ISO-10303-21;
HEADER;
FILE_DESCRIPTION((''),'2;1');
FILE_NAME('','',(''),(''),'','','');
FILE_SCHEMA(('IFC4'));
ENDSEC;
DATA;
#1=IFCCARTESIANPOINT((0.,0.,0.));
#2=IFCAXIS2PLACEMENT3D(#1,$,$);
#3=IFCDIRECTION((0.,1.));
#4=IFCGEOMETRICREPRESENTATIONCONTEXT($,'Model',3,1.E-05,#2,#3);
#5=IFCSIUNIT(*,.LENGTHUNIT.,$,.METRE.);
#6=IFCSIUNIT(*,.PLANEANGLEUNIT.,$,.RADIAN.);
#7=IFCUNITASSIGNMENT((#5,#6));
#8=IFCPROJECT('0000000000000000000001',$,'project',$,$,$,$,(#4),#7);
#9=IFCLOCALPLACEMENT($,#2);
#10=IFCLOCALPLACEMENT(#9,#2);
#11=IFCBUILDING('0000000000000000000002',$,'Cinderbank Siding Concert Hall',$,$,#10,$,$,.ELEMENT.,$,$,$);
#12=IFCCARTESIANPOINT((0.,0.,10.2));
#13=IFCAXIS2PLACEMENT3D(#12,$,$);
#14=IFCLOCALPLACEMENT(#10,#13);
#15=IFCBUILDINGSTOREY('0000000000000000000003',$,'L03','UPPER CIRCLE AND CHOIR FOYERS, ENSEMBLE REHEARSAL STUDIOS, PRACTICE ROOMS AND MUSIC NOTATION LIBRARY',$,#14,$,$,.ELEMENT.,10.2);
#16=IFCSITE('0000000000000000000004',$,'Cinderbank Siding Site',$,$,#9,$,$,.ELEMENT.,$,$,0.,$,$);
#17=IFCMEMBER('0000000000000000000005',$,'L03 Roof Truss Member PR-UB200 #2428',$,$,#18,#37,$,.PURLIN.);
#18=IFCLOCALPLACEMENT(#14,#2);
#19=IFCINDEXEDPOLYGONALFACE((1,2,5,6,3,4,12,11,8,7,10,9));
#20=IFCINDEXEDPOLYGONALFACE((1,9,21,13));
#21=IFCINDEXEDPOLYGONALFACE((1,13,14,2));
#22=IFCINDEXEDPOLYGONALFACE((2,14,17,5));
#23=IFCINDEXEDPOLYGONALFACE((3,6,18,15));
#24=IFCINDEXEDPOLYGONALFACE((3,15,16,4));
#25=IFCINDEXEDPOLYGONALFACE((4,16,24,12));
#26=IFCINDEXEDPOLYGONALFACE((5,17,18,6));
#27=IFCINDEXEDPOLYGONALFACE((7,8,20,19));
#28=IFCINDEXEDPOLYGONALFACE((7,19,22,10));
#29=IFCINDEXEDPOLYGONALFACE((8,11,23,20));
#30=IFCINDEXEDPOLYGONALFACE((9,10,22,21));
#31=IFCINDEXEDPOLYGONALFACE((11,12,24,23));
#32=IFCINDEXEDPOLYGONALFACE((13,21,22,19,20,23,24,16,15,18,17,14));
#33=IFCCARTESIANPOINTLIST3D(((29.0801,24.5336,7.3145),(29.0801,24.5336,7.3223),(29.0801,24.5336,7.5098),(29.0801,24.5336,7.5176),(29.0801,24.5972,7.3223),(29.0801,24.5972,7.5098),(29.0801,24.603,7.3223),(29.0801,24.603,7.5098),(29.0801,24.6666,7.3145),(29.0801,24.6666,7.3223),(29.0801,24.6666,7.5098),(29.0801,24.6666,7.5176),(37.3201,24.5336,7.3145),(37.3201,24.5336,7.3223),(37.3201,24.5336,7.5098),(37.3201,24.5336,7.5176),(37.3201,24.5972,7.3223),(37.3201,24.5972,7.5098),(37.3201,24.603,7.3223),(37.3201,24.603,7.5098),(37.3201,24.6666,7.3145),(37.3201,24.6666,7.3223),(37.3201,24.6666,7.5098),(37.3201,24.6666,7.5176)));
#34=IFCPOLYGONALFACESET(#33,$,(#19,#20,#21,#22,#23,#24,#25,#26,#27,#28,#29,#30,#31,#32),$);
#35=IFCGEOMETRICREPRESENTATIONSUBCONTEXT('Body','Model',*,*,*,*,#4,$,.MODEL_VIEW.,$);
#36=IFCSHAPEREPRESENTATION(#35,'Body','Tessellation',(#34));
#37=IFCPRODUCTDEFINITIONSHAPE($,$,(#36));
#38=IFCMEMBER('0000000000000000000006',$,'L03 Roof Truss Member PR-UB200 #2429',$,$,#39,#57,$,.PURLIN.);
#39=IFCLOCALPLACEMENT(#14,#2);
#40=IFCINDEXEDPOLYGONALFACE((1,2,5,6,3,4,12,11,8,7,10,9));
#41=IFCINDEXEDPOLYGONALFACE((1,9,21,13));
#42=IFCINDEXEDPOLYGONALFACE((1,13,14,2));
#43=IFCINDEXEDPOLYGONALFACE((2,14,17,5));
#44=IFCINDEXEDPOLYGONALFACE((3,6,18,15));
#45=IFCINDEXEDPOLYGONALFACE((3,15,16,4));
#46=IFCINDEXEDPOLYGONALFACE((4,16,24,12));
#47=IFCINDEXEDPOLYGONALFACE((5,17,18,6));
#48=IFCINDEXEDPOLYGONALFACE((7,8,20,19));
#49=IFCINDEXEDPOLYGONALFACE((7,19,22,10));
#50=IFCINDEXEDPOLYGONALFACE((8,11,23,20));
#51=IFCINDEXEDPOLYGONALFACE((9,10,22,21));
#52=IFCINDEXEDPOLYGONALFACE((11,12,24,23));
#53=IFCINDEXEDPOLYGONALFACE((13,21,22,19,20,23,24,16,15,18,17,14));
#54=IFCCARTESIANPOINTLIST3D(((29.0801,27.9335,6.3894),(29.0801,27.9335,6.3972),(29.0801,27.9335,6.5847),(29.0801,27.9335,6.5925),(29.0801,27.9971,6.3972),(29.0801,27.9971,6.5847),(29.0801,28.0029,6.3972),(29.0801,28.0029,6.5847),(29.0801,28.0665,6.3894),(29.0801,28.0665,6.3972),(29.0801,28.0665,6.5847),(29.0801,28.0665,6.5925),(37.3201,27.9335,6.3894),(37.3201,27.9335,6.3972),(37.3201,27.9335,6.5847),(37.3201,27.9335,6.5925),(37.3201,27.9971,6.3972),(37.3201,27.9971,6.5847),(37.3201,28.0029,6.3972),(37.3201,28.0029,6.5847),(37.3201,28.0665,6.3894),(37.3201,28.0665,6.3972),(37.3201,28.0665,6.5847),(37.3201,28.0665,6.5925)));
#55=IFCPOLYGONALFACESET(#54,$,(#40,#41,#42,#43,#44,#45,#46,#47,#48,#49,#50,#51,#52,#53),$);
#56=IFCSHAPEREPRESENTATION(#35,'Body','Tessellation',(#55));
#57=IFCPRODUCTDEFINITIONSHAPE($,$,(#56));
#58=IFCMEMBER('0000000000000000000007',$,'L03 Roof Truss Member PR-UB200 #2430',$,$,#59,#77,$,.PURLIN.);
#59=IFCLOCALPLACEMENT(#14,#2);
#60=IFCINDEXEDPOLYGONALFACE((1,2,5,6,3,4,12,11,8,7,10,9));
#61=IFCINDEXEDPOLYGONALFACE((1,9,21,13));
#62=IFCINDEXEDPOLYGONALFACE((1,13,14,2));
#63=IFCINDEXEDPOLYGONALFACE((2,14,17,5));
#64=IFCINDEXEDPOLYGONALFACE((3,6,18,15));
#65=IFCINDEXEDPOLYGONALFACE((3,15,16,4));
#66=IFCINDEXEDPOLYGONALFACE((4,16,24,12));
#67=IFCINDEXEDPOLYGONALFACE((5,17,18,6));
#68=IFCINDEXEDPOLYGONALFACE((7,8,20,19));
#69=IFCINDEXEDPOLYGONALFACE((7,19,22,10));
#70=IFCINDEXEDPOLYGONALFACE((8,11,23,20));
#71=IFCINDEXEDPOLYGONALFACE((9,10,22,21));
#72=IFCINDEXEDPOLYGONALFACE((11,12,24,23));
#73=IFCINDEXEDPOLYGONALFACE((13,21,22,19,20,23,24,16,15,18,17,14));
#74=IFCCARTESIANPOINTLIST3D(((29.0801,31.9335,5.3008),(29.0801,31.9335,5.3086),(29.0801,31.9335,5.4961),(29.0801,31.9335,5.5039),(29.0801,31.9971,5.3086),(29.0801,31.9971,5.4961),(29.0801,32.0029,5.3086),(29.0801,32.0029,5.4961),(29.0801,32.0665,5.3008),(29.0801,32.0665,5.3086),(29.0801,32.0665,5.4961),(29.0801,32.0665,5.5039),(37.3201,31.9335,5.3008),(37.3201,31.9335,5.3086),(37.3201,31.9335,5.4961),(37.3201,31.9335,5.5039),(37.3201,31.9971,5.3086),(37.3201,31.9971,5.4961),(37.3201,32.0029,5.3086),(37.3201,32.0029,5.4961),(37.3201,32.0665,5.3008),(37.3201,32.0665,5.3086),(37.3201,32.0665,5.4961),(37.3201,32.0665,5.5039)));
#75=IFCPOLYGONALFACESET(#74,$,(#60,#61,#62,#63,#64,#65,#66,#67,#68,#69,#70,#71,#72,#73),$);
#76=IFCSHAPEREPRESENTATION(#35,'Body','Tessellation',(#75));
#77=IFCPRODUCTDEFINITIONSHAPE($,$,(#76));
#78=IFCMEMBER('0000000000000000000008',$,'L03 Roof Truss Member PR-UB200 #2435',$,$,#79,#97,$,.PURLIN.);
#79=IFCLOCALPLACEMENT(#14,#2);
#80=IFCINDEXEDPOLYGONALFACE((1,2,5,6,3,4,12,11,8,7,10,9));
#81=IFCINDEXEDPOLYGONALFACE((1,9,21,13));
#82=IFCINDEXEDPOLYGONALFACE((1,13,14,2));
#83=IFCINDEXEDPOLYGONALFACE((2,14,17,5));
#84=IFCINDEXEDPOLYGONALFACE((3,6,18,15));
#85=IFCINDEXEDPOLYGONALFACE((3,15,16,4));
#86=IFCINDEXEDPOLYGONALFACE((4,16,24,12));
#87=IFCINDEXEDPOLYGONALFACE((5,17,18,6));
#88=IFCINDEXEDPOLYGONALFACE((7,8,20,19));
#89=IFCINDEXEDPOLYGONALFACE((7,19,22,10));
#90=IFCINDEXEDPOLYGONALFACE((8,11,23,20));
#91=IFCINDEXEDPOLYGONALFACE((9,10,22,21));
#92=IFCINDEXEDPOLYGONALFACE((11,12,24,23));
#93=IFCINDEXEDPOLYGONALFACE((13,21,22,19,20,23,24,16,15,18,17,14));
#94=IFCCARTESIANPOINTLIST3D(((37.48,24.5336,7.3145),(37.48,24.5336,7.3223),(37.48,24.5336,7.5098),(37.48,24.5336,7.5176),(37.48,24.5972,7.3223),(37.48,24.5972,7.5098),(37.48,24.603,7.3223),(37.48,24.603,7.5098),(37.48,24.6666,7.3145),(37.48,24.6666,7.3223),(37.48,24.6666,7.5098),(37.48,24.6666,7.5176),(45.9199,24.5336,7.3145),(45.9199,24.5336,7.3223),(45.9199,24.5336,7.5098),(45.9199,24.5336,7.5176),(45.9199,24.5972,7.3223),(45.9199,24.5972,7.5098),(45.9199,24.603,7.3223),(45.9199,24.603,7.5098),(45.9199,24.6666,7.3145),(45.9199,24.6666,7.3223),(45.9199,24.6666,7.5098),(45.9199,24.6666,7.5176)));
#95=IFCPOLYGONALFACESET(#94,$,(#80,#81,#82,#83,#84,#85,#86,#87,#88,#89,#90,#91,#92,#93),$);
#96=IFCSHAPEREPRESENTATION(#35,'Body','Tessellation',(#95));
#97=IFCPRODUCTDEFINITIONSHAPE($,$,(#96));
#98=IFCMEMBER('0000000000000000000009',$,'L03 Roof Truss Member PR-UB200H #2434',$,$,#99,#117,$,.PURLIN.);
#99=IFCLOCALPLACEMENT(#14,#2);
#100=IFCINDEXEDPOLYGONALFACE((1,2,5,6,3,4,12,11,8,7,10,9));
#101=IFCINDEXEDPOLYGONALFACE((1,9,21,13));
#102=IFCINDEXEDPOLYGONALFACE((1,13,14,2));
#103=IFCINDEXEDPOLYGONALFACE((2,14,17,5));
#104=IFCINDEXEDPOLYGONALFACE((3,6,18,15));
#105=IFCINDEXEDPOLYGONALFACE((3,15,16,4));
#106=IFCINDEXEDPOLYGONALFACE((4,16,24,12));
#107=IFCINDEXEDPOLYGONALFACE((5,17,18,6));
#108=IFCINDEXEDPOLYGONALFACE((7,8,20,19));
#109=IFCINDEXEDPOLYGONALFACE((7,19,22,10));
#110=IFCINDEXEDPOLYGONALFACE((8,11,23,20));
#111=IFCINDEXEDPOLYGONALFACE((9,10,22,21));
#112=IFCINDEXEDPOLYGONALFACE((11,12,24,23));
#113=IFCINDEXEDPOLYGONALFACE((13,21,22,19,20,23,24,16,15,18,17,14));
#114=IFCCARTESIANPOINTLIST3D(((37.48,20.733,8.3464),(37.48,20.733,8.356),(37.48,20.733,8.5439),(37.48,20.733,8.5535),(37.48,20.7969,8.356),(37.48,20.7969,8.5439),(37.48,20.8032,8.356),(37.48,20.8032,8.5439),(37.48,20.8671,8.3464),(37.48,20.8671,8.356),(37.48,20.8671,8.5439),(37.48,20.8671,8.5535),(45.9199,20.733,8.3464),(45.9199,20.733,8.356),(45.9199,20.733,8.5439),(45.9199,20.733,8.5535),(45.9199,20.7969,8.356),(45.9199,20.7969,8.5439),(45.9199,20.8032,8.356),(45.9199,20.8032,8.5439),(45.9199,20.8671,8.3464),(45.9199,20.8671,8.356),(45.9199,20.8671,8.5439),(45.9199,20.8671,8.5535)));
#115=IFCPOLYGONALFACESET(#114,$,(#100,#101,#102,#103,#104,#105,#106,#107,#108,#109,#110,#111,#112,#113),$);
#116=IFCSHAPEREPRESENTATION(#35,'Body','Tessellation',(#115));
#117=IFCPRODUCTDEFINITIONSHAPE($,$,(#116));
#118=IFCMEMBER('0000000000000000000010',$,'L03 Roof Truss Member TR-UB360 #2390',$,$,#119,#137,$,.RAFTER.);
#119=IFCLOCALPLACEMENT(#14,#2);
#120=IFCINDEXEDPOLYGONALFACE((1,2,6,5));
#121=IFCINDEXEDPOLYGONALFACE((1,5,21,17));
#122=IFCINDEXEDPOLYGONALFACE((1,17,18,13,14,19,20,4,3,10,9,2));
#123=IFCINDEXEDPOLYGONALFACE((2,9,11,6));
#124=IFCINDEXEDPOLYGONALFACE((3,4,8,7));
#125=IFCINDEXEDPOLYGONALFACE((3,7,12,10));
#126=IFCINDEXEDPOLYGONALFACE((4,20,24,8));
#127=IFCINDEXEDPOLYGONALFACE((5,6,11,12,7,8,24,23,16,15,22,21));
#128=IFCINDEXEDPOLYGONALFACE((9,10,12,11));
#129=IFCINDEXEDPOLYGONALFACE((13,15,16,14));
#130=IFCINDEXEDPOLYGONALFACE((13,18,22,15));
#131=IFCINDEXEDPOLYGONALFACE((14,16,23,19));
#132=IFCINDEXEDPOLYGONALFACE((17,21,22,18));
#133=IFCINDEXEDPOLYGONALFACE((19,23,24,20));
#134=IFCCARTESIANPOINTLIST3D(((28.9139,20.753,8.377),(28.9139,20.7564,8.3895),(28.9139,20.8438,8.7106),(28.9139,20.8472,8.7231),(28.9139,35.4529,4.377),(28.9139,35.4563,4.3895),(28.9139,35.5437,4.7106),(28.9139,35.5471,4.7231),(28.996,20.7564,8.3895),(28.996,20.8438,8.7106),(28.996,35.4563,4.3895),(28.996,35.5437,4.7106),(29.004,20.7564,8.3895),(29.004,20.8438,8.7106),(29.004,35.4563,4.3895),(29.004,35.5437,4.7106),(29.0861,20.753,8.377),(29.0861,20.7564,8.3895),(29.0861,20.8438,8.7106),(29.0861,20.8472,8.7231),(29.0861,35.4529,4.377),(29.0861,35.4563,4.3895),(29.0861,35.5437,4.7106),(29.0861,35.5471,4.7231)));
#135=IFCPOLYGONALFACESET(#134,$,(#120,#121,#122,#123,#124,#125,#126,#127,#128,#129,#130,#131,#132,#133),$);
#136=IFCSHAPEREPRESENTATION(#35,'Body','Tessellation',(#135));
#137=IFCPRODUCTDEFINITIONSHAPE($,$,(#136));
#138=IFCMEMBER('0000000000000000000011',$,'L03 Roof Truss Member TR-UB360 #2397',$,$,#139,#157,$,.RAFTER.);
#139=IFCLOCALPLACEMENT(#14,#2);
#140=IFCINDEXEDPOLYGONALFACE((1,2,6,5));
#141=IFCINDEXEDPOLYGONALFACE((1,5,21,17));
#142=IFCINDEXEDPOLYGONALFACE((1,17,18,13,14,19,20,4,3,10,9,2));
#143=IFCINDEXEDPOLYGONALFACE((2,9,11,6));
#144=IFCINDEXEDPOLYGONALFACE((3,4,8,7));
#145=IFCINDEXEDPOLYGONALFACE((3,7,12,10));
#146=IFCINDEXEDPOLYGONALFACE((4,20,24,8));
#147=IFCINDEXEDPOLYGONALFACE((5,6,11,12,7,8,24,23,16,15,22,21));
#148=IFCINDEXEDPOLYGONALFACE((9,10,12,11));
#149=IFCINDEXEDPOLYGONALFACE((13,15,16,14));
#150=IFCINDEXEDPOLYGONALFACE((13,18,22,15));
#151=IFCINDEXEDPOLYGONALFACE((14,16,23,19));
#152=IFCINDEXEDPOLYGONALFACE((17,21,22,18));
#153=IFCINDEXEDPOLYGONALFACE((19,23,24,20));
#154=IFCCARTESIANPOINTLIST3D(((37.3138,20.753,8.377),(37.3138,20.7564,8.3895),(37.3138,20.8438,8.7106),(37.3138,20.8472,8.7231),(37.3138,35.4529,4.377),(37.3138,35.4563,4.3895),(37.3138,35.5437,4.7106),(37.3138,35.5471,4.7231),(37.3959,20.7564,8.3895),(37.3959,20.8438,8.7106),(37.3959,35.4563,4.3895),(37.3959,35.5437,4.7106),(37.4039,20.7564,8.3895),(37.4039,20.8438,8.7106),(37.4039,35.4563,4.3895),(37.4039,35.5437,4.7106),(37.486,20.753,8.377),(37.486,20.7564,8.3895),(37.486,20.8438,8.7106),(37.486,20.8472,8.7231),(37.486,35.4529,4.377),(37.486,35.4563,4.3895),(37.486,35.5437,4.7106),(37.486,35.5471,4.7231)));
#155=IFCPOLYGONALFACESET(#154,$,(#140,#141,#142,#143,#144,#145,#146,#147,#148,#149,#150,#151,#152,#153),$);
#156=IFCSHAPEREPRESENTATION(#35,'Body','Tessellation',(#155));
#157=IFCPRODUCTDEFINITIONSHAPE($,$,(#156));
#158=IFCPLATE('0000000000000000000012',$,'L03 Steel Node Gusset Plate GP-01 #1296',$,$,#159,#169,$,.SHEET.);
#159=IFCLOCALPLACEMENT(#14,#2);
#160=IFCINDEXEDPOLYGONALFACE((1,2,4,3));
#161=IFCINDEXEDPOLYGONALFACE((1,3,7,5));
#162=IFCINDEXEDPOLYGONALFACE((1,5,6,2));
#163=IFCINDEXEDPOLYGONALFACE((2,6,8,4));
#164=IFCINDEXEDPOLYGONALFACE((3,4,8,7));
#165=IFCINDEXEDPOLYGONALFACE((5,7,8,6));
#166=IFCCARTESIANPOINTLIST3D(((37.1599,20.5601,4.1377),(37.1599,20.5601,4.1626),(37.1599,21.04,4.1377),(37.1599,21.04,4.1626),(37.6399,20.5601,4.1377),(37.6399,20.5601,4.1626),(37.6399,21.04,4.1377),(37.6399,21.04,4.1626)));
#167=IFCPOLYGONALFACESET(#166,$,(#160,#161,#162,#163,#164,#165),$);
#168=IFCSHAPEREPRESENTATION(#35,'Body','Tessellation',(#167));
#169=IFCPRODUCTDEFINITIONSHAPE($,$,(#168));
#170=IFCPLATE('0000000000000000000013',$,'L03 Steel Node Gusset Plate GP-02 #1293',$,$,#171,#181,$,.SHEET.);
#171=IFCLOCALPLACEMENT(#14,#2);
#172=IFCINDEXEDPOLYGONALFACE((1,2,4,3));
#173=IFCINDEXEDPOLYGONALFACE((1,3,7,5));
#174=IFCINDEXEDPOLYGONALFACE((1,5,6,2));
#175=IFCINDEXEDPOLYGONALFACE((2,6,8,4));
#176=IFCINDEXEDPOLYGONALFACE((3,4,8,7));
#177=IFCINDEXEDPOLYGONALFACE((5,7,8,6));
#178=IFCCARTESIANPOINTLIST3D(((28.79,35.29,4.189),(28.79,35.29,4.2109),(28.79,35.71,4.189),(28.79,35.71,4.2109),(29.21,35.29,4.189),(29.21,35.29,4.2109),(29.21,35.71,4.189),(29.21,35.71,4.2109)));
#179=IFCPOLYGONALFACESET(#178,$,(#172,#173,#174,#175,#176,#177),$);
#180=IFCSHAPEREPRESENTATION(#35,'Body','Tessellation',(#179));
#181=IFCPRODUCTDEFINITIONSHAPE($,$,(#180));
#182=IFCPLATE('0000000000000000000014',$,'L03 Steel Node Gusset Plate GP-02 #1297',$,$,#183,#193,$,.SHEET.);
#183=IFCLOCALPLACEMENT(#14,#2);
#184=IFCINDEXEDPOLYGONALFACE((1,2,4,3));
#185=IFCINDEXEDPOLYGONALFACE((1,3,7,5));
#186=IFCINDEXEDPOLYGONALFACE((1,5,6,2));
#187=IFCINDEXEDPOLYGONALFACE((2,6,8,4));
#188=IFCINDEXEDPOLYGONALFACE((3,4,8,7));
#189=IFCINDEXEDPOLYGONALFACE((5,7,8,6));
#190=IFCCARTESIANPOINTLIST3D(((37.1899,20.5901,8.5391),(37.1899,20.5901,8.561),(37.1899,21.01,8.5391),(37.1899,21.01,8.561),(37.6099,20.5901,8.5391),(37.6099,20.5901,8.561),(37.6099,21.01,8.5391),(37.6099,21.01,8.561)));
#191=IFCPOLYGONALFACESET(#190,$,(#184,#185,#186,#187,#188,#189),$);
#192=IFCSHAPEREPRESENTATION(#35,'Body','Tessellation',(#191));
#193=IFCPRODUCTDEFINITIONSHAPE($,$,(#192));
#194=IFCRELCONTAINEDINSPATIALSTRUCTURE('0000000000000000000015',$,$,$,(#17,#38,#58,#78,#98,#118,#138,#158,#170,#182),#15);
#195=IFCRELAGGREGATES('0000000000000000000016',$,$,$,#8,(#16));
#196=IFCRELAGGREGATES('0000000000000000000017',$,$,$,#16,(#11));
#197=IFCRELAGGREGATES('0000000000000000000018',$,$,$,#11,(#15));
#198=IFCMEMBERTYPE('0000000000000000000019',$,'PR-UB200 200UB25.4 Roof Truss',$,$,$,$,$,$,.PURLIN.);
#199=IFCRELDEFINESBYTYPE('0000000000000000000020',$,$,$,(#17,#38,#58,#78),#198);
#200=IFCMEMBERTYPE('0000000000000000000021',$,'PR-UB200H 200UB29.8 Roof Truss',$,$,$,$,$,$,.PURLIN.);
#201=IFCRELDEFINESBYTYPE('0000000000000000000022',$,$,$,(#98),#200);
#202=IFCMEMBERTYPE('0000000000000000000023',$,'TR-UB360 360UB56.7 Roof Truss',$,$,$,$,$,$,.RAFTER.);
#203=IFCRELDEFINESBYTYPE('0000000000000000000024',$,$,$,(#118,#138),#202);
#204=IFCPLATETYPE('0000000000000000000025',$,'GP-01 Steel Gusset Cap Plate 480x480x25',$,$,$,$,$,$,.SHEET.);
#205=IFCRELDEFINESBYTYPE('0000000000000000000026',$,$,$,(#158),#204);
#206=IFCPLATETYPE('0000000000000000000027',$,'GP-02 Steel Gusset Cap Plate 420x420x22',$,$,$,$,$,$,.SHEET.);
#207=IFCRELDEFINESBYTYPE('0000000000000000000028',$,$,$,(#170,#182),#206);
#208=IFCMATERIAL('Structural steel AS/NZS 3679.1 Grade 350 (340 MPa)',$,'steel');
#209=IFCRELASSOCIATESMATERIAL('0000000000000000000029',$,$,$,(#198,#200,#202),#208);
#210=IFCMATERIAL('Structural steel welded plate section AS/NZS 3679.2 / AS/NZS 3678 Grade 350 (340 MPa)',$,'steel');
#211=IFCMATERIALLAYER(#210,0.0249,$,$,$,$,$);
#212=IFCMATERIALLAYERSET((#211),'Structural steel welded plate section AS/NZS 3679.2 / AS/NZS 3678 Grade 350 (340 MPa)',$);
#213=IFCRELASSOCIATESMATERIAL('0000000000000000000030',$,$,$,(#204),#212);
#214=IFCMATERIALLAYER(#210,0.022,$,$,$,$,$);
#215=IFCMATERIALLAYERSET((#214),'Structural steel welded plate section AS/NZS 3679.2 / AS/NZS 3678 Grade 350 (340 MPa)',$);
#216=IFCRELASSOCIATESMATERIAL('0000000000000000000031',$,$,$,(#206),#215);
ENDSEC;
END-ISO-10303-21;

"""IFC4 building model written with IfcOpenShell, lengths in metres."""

from ifc_helpers import new_model, si_unit, direction, frame, origin, origin_2d, place, context, subcontext, project, spatial, rectangle, i_section, extrude, material, layer, layer_set, material_profile, profile_set, type_object, element, save


model = new_model("IFC4")

# Units and contexts
model_context = context("Model", 3, precision=1e-05, world=origin(), true_north=direction((0.0, 1.0)))
body_context = subcontext(model_context, "Body", "Model", "MODEL_VIEW")
ifc_project = project(units=[si_unit("LENGTHUNIT", "METRE"), si_unit("PLANEANGLEUNIT", "RADIAN")], contexts=[model_context])

# Site, building, storey
site_placement = place(None, origin())
site = spatial("IfcSite", under=ifc_project, at=site_placement, Name="Cinderbank Siding Site", CompositionType="ELEMENT", RefElevation=0.0)
building_placement = place(site_placement, origin())
building = spatial("IfcBuilding", under=site, at=building_placement, Name="Cinderbank Siding Concert Hall", CompositionType="ELEMENT")
storey_placement = place(building_placement, frame((0.0, 0.0, 10.2)))
storey = spatial("IfcBuildingStorey", under=building, at=storey_placement, Name="L03", Description="UPPER CIRCLE AND CHOIR FOYERS, ENSEMBLE REHEARSAL STUDIOS, PRACTICE ROOMS AND MUSIC NOTATION LIBRARY", CompositionType="ELEMENT", Elevation=10.2)

# Shared definitions
ifc_material_1 = material(Name="Structural steel AS/NZS 3679.1 Grade 350 (340 MPa)", Category="steel")

# Shared definitions
ifc_material_2 = material(Name="Structural steel welded plate section AS/NZS 3679.2 / AS/NZS 3678 Grade 350 (340 MPa)", Category="steel")

# Members
ifc_material_profile_1 = material_profile(ifc_material_1, i_section(OverallWidth=0.1331, OverallDepth=0.2031, WebThickness=0.0059, FlangeThickness=0.0078, at=origin_2d()), Name="200UB25.4", Category="LoadBearing")
ifc_profile_set_1 = profile_set([ifc_material_profile_1], Name="Structural steel AS/NZS 3679.1 Grade 350 (340 MPa)")
member_type_1 = type_object("IfcMemberType", Name="PR-UB200 200UB25.4 Roof Truss", PredefinedType="PURLIN", material=ifc_profile_set_1)
for number, where, z_axis, x_axis, name in (
    (1, (29.0801, 24.6001, 7.416), (1.0, 0.0, 0.0), (0.0, 1.0, 0.0), "L03 Roof Truss Member PR-UB200 #2428"),
    (2, (29.0801, 28.0, 6.491), (1.0, 0.0, 0.0), (0.0, 1.0, 0.0), "L03 Roof Truss Member PR-UB200 #2429"),
    (3, (29.0801, 32.0, 5.4023), (1.0, 0.0, 0.0), (0.0, 1.0, 0.0), "L03 Roof Truss Member PR-UB200 #2430"),
):
    element("IfcMember", number, at=place(storey_placement, frame(where, z_axis=z_axis, x_axis=x_axis)), inside=storey, type_object=member_type_1, Name=name, PredefinedType="PURLIN", context=body_context, shape_type="SweptSolid", body=[
        extrude(i_section(OverallWidth=0.1331, OverallDepth=0.2031, WebThickness=0.0059, FlangeThickness=0.0078, at=origin_2d()), origin(), (0.0, 0.0, 1.0), 8.24),
    ])
member_1_placement = place(storey_placement, frame((37.48, 24.6001, 7.416), z_axis=(1.0, 0.0, 0.0), x_axis=(0.0, 1.0, 0.0)))
element("IfcMember", 4, at=member_1_placement, inside=storey, type_object=member_type_1, Name="L03 Roof Truss Member PR-UB200 #2435", PredefinedType="PURLIN", context=body_context, shape_type="SweptSolid", body=[
    extrude(i_section(OverallWidth=0.1331, OverallDepth=0.2031, WebThickness=0.0059, FlangeThickness=0.0078, at=origin_2d()), origin(), (0.0, 0.0, 1.0), 8.4399),
])
ifc_material_profile_2 = material_profile(ifc_material_1, i_section(OverallWidth=0.134, OverallDepth=0.207, WebThickness=0.0063, FlangeThickness=0.0095, at=origin_2d()), Name="200UB29.8", Category="LoadBearing")
ifc_profile_set_2 = profile_set([ifc_material_profile_2], Name="Structural steel AS/NZS 3679.1 Grade 350 (340 MPa)")
member_type_2 = type_object("IfcMemberType", Name="PR-UB200H 200UB29.8 Roof Truss", PredefinedType="PURLIN", material=ifc_profile_set_2)
member_2_placement = place(storey_placement, frame((37.48, 20.8, 8.45), z_axis=(1.0, 0.0, 0.0), x_axis=(0.0, 1.0, 0.0)))
element("IfcMember", 5, at=member_2_placement, inside=storey, type_object=member_type_2, Name="L03 Roof Truss Member PR-UB200H #2434", PredefinedType="PURLIN", context=body_context, shape_type="SweptSolid", body=[
    extrude(i_section(OverallWidth=0.134, OverallDepth=0.207, WebThickness=0.0063, FlangeThickness=0.0095, at=origin_2d()), origin(), (0.0, 0.0, 1.0), 8.4399),
])
ifc_material_profile_3 = material_profile(ifc_material_1, i_section(OverallWidth=0.1721, OverallDepth=0.3586, WebThickness=0.0081, FlangeThickness=0.0129, at=origin_2d()), Name="360UB56.7", Category="LoadBearing")
ifc_profile_set_3 = profile_set([ifc_material_profile_3], Name="Structural steel AS/NZS 3679.1 Grade 350 (340 MPa)")
member_type_3 = type_object("IfcMemberType", Name="TR-UB360 360UB56.7 Roof Truss", PredefinedType="RAFTER", material=ifc_profile_set_3)
for number, where, z_axis, x_axis, name in (
    (6, (29.0, 35.5, 4.55), (0.0, -0.964915, 0.262563), (1.0, 0.0, 0.0), "L03 Roof Truss Member TR-UB360 #2390"),
    (7, (37.3999, 35.5, 4.55), (0.0, -0.964915, 0.262563), (1.0, 0.0, 0.0), "L03 Roof Truss Member TR-UB360 #2397"),
):
    element("IfcMember", number, at=place(storey_placement, frame(where, z_axis=z_axis, x_axis=x_axis)), inside=storey, type_object=member_type_3, Name=name, PredefinedType="RAFTER", context=body_context, shape_type="SweptSolid", body=[
        extrude(i_section(OverallWidth=0.1721, OverallDepth=0.3586, WebThickness=0.0081, FlangeThickness=0.0129, at=origin_2d()), origin(), (0.0, 0.0, 1.0), 15.2344),
    ])

# Plates
ifc_layer_1 = layer(ifc_material_2, 0.0249)
ifc_layer_set_1 = layer_set([ifc_layer_1], Name="Structural steel welded plate section AS/NZS 3679.2 / AS/NZS 3678 Grade 350 (340 MPa)")
plate_type_1 = type_object("IfcPlateType", Name="GP-01 Steel Gusset Cap Plate 480x480x25", PredefinedType="SHEET", material=ifc_layer_set_1)
plate_placement = place(storey_placement, frame((37.3999, 20.8, 4.1377), z_axis=(0.0, 0.0, 1.0), x_axis=(1.0, 0.0, 0.0)))
element("IfcPlate", 8, at=plate_placement, inside=storey, type_object=plate_type_1, Name="L03 Steel Node Gusset Plate GP-01 #1296", PredefinedType="SHEET", context=body_context, shape_type="SweptSolid", body=[
    extrude(rectangle(XDim=0.48, YDim=0.48, at=origin_2d()), origin(), (0.0, 0.0, 1.0), 0.0249),
])
ifc_layer_2 = layer(ifc_material_2, 0.022)
ifc_layer_set_2 = layer_set([ifc_layer_2], Name="Structural steel welded plate section AS/NZS 3679.2 / AS/NZS 3678 Grade 350 (340 MPa)")
plate_type_2 = type_object("IfcPlateType", Name="GP-02 Steel Gusset Cap Plate 420x420x22", PredefinedType="SHEET", material=ifc_layer_set_2)
for number, where, z_axis, x_axis, name in (
    (9, (29.0, 35.5, 4.189), (0.0, 0.0, 1.0), (0.0, -1.0, 0.0), "L03 Steel Node Gusset Plate GP-02 #1293"),
    (10, (37.3999, 20.8, 8.5391), (0.0, 0.0, 1.0), (1.0, 0.0, 0.0), "L03 Steel Node Gusset Plate GP-02 #1297"),
):
    element("IfcPlate", number, at=place(storey_placement, frame(where, z_axis=z_axis, x_axis=x_axis)), inside=storey, type_object=plate_type_2, Name=name, PredefinedType="SHEET", context=body_context, shape_type="SweptSolid", body=[
        extrude(rectangle(XDim=0.4199, YDim=0.4199, at=origin_2d()), origin(), (0.0, 0.0, 1.0), 0.022),
    ])

save(model, "model.ifc")
